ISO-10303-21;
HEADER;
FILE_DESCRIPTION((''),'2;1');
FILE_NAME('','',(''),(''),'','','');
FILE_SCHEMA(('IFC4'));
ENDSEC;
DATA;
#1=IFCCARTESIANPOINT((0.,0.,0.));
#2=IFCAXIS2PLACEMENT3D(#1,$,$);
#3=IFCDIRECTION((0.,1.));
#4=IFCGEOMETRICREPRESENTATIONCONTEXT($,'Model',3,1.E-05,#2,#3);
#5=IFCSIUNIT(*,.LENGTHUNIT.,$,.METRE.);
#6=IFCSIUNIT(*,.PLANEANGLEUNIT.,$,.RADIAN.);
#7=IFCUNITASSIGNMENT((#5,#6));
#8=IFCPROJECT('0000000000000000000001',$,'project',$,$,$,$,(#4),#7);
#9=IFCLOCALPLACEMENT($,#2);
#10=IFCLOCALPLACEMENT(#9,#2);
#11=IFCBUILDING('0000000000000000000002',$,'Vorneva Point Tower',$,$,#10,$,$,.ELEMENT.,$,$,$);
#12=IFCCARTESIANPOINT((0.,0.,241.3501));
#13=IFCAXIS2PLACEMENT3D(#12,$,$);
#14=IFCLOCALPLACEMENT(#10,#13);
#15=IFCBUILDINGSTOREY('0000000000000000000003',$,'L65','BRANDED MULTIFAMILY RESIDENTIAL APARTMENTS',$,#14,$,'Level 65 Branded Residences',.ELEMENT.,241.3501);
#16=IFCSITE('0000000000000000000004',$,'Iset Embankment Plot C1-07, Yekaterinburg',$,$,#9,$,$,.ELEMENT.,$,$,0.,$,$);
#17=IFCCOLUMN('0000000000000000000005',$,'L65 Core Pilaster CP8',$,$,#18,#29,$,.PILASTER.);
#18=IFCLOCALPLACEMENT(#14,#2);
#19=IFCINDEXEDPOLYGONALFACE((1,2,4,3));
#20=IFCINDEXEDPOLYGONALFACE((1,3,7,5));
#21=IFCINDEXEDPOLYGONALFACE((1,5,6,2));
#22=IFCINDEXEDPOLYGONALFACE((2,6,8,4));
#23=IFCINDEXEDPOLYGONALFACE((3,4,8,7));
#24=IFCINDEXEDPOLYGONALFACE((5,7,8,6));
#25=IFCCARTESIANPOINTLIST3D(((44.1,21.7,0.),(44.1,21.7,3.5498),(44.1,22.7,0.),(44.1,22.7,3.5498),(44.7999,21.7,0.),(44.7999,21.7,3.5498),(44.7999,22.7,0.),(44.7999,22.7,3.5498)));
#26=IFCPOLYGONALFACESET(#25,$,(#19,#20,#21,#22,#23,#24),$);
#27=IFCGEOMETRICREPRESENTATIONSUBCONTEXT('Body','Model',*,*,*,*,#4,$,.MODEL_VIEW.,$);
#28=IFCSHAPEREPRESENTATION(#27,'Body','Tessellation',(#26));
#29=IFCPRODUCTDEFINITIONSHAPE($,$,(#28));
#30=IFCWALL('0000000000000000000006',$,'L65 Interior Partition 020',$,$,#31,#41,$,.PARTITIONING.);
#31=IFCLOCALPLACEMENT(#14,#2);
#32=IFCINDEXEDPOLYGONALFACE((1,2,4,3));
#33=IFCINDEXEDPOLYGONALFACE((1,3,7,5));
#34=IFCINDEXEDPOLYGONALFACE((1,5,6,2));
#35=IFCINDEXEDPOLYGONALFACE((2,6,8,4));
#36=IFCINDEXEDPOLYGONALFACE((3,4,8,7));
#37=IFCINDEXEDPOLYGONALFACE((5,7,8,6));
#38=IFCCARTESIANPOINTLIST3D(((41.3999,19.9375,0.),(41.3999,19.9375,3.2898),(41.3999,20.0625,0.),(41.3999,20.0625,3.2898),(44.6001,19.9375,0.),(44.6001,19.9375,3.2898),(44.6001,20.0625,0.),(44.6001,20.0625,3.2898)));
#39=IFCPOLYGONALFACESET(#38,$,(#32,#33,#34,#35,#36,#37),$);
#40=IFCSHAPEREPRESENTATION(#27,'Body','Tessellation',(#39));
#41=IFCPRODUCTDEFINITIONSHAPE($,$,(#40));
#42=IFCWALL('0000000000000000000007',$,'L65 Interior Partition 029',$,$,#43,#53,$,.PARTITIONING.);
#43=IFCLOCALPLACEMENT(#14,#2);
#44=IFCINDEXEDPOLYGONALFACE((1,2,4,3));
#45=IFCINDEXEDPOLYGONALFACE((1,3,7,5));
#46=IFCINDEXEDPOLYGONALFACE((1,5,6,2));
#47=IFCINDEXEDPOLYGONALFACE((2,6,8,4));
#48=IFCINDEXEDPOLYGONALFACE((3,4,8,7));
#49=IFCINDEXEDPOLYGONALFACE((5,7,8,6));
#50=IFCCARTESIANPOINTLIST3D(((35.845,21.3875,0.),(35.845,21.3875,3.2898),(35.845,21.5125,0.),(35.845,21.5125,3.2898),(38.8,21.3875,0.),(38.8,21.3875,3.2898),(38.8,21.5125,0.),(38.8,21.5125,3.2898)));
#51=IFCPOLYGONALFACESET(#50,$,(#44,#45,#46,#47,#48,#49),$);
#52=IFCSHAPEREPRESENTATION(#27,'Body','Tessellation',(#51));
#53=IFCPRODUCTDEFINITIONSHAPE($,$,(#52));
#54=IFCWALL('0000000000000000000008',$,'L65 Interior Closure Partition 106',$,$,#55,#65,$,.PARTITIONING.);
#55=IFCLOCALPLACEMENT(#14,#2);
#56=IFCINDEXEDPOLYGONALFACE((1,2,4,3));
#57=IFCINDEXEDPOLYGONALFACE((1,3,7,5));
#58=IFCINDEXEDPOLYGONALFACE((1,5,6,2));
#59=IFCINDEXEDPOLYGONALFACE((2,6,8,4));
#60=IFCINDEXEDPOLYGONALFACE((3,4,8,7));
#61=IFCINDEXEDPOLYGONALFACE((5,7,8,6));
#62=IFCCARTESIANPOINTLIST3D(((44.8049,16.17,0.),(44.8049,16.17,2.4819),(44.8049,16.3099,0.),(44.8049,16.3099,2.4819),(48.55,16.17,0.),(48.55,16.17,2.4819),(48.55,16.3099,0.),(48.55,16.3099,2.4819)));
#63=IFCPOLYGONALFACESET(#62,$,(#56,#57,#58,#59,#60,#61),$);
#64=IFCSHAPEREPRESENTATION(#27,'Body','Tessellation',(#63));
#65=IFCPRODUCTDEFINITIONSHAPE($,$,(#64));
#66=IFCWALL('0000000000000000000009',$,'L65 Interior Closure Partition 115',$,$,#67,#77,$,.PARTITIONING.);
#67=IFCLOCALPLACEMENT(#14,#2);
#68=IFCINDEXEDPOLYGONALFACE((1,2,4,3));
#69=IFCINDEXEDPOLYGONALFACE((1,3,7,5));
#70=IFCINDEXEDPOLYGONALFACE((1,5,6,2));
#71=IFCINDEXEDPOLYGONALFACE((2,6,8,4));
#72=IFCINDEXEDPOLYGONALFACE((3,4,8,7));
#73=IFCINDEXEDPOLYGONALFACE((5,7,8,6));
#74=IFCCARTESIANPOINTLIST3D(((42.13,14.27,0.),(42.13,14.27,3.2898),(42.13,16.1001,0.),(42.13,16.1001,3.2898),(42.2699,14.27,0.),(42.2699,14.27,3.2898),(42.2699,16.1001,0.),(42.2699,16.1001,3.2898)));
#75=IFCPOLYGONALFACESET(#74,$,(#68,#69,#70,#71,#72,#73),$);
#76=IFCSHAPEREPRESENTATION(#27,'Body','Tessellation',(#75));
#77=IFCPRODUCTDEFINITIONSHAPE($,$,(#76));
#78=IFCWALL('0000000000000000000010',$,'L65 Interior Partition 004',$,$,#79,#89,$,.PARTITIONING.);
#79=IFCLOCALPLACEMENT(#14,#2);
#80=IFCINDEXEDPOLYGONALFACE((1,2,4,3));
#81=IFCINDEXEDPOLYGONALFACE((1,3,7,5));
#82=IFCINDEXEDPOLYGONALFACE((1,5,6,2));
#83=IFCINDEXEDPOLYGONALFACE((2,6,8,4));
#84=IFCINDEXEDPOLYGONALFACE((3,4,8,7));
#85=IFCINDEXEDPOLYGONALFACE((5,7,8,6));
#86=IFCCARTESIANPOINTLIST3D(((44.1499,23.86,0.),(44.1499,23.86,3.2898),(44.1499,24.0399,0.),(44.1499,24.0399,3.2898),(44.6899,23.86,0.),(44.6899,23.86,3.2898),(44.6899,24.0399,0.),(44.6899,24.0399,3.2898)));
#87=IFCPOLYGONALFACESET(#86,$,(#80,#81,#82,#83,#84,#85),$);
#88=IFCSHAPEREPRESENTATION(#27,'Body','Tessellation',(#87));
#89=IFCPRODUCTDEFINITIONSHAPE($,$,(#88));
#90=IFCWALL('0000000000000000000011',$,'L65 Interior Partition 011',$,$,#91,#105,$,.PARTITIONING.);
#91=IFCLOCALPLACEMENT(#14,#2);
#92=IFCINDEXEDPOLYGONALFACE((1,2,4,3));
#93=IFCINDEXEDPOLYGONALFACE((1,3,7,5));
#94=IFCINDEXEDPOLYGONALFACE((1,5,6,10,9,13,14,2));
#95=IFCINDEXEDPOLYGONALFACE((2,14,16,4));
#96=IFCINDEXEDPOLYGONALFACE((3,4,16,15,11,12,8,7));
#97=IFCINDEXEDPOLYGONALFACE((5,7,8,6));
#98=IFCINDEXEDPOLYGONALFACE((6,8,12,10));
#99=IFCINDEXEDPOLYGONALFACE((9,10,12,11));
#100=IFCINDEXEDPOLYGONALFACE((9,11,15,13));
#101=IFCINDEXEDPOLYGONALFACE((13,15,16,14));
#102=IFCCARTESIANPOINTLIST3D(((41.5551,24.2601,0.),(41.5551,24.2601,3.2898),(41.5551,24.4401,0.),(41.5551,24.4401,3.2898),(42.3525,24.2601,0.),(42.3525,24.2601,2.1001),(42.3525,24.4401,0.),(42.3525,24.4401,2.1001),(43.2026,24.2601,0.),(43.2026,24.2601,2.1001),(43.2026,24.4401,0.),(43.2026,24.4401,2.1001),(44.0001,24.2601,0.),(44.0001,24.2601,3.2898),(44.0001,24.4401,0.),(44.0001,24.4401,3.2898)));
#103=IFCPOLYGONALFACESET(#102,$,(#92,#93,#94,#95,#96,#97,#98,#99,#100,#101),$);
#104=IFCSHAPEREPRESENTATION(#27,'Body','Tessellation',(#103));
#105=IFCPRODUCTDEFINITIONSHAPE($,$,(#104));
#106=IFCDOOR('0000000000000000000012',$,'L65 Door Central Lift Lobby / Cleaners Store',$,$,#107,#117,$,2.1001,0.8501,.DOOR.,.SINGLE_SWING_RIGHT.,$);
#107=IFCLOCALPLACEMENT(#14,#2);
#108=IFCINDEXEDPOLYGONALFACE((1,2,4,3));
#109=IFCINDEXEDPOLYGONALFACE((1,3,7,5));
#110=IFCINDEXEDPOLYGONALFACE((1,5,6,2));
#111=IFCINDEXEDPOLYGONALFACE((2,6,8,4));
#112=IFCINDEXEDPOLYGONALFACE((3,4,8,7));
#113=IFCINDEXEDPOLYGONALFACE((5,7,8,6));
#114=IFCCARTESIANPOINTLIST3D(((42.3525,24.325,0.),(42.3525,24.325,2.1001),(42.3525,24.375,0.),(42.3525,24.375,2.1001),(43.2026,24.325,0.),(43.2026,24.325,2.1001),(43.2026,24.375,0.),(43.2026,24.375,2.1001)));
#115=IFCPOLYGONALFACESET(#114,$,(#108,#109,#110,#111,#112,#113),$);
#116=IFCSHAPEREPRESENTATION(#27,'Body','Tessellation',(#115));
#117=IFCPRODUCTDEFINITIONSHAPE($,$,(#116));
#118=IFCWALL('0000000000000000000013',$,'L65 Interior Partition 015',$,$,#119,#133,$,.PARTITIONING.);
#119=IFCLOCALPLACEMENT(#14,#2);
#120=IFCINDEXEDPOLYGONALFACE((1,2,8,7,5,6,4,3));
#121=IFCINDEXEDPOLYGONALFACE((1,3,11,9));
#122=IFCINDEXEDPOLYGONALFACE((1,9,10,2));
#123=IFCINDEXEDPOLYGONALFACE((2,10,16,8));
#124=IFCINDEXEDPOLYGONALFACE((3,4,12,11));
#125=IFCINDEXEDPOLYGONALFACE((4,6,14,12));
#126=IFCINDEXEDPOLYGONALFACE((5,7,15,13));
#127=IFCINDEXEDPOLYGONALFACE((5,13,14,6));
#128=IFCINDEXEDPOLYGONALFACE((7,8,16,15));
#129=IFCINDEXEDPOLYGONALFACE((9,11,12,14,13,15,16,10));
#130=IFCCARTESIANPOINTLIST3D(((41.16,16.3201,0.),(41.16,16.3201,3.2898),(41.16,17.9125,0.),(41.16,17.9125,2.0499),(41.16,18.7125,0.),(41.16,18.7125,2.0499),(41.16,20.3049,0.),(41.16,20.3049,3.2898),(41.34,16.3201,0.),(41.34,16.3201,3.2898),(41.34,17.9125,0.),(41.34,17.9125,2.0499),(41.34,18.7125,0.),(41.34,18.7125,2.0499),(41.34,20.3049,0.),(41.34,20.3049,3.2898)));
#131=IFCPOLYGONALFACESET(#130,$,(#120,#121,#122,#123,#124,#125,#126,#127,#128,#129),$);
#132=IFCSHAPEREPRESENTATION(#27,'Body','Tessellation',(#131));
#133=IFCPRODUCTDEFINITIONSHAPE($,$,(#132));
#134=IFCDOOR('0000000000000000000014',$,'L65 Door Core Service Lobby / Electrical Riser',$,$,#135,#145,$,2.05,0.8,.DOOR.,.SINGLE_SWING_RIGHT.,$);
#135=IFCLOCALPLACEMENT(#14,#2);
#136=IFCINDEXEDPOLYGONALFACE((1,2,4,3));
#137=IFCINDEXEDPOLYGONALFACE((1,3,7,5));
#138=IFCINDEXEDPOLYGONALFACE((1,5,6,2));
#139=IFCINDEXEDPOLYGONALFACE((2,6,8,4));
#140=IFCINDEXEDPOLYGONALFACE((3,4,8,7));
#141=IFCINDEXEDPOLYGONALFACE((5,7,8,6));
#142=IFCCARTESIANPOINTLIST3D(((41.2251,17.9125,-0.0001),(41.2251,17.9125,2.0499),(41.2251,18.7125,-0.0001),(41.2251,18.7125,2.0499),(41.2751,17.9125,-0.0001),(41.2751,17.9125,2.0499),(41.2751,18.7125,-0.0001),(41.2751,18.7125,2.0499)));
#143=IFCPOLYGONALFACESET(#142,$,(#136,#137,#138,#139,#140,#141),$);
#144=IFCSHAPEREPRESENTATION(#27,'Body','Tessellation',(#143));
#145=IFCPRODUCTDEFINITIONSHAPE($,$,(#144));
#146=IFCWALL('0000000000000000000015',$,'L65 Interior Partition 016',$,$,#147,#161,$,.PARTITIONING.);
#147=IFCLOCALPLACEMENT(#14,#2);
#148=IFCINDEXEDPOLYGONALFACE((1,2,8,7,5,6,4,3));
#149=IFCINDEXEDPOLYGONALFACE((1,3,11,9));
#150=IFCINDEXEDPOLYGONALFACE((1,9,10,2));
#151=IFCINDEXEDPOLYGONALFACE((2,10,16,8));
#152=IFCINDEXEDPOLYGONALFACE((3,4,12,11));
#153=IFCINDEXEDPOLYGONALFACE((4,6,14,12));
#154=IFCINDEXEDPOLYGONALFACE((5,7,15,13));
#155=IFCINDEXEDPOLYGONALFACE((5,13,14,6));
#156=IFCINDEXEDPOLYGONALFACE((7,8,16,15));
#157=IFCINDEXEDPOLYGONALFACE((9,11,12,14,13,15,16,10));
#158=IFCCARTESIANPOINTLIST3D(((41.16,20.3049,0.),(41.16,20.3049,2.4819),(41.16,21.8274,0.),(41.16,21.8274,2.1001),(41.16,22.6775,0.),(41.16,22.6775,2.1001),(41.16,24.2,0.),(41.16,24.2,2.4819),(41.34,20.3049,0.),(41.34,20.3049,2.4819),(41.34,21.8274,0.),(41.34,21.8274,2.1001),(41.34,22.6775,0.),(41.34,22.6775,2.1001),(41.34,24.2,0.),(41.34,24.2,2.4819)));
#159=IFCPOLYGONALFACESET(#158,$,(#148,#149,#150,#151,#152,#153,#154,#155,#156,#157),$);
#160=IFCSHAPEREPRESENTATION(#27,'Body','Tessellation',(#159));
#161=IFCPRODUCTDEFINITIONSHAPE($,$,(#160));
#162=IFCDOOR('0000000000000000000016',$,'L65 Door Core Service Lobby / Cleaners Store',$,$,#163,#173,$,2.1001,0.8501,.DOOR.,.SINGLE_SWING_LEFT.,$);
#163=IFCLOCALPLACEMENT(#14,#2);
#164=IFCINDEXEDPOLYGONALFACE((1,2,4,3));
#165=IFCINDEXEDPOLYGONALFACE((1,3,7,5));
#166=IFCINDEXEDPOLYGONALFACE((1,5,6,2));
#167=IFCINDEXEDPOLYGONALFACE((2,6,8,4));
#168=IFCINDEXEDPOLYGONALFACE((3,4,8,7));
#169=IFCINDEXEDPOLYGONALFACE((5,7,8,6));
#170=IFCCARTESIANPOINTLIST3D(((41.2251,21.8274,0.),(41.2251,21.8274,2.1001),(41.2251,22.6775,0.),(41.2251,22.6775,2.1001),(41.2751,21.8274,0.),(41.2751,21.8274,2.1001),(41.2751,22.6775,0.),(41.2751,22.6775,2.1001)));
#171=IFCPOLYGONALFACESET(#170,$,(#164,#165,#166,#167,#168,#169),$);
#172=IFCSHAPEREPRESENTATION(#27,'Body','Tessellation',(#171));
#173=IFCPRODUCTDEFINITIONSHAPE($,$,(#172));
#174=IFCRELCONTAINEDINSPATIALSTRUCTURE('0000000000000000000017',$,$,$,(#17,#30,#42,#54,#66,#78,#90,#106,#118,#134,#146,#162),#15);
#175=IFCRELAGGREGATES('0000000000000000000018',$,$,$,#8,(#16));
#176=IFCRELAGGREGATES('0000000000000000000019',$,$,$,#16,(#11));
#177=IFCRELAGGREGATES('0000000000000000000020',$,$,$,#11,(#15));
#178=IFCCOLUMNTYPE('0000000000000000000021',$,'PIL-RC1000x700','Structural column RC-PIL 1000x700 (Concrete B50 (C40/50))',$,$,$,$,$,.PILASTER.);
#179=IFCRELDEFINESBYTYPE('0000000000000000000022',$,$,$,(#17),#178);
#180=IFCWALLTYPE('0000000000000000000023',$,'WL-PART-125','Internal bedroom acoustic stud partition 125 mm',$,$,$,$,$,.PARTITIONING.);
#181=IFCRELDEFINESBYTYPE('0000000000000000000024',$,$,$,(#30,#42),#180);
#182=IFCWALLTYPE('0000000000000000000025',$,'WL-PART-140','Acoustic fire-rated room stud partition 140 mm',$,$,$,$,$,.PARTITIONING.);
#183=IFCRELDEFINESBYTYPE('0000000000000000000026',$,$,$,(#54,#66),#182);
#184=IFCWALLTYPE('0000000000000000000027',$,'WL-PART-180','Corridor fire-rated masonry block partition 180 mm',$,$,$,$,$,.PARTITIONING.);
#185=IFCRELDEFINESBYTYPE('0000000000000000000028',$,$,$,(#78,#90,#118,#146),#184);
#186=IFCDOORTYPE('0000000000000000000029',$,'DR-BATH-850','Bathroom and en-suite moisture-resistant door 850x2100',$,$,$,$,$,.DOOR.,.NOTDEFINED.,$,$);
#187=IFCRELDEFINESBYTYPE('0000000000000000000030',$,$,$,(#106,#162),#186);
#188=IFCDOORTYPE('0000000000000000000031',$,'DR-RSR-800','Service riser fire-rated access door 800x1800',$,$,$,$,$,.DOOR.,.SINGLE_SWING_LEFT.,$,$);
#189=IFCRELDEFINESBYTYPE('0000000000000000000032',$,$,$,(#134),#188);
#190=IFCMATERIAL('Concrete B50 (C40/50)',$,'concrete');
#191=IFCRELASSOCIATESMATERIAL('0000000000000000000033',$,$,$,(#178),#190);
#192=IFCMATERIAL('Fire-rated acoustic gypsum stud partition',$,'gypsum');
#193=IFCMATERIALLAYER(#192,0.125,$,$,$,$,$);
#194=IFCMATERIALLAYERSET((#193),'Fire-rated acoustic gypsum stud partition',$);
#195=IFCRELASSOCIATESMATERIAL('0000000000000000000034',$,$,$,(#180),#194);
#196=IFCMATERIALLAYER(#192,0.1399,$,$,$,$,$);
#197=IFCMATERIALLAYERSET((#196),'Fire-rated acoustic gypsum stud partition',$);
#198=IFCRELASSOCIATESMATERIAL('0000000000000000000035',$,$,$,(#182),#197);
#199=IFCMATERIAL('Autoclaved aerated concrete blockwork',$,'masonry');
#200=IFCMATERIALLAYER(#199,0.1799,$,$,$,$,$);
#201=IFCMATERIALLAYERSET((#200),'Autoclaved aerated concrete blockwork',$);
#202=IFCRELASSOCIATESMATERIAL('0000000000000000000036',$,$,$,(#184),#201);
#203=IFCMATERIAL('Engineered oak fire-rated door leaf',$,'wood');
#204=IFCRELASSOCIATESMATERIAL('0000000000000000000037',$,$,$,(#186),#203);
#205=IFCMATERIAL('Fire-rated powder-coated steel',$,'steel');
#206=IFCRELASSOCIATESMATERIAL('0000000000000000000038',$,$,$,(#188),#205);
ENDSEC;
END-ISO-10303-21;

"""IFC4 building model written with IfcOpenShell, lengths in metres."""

from ifc_helpers import new_model, si_unit, direction, frame, frame_2d, origin, origin_2d, place, context, subcontext, project, spatial, rectangle, extrude, material, layer, layer_set, material_profile, profile_set, type_object, element, fill, save


model = new_model("IFC4")

# Units and contexts
model_context = context("Model", 3, precision=1e-05, world=origin(), true_north=direction((0.0, 1.0)))
body_context = subcontext(model_context, "Body", "Model", "MODEL_VIEW")
ifc_project = project(units=[si_unit("LENGTHUNIT", "METRE"), si_unit("PLANEANGLEUNIT", "RADIAN")], contexts=[model_context])

# Site, building, storey
site_placement = place(None, origin())
site = spatial("IfcSite", under=ifc_project, at=site_placement, Name="Iset Embankment Plot C1-07, Yekaterinburg", CompositionType="ELEMENT", RefElevation=0.0)
building_placement = place(site_placement, origin())
building = spatial("IfcBuilding", under=site, at=building_placement, Name="Vorneva Point Tower", CompositionType="ELEMENT")
storey_placement = place(building_placement, frame((0.0, 0.0, 241.3501)))
storey = spatial("IfcBuildingStorey", under=building, at=storey_placement, Name="L65", Description="BRANDED MULTIFAMILY RESIDENTIAL APARTMENTS", LongName="Level 65 Branded Residences", CompositionType="ELEMENT", Elevation=241.3501)

# Column
ifc_material_1 = material(Name="Concrete B50 (C40/50)", Category="concrete")
ifc_material_profile = material_profile(ifc_material_1, rectangle(XDim=0.7, YDim=1.0, at=origin_2d()), Name="RC-PIL 1000x700")
ifc_profile_set = profile_set([ifc_material_profile], Name="Concrete B50 (C40/50)")
column_type = type_object("IfcColumnType", Name="PIL-RC1000x700", Description="Structural column RC-PIL 1000x700 (Concrete B50 (C40/50))", PredefinedType="PILASTER", material=ifc_profile_set)
column_placement = place(storey_placement, frame((44.45, 22.2, 0.0), z_axis=(0.0, 0.0, 1.0), x_axis=(1.0, 0.0, 0.0)))
element("IfcColumn", 1, at=column_placement, inside=storey, type_object=column_type, Name="L65 Core Pilaster CP8", PredefinedType="PILASTER", context=body_context, shape_type="SweptSolid", body=[
    extrude(rectangle(XDim=0.7, YDim=1.0, at=origin_2d()), origin(), (0.0, 0.0, 1.0), 3.5498),
])

# Walls
ifc_material_2 = material(Name="Fire-rated acoustic gypsum stud partition", Category="gypsum")
ifc_layer_1 = layer(ifc_material_2, 0.125)
ifc_layer_set_1 = layer_set([ifc_layer_1], Name="Fire-rated acoustic gypsum stud partition")
wall_type_1 = type_object("IfcWallType", Name="WL-PART-125", Description="Internal bedroom acoustic stud partition 125 mm", PredefinedType="PARTITIONING", material=ifc_layer_set_1)
wall_1_placement = place(storey_placement, frame((44.6001, 20.0, 0.0), z_axis=(0.0, 0.0, 1.0), x_axis=(-1.0, 0.0, 0.0)))
element("IfcWall", 2, at=wall_1_placement, inside=storey, type_object=wall_type_1, Name="L65 Interior Partition 020", PredefinedType="PARTITIONING", context=body_context, shape_type="SweptSolid", body=[
    extrude(rectangle(XDim=3.2002, YDim=0.125, at=frame_2d((1.6001, 0.0))), origin(), (0.0, 0.0, 1.0), 3.2898),
])
wall_2_placement = place(storey_placement, frame((38.8, 21.45, 0.0), z_axis=(0.0, 0.0, 1.0), x_axis=(-1.0, 0.0, 0.0)))
element("IfcWall", 3, at=wall_2_placement, inside=storey, type_object=wall_type_1, Name="L65 Interior Partition 029", PredefinedType="PARTITIONING", context=body_context, shape_type="SweptSolid", body=[
    extrude(rectangle(XDim=2.9551, YDim=0.125, at=frame_2d((1.4775, 0.0))), origin(), (0.0, 0.0, 1.0), 3.2898),
])
ifc_layer_2 = layer(ifc_material_2, 0.1399)
ifc_layer_set_2 = layer_set([ifc_layer_2], Name="Fire-rated acoustic gypsum stud partition")
wall_type_2 = type_object("IfcWallType", Name="WL-PART-140", Description="Acoustic fire-rated room stud partition 140 mm", PredefinedType="PARTITIONING", material=ifc_layer_set_2)
wall_3_placement = place(storey_placement, frame((44.8049, 16.24, 0.0), z_axis=(0.0, 0.0, 1.0), x_axis=(1.0, 0.0, 0.0)))
element("IfcWall", 4, at=wall_3_placement, inside=storey, type_object=wall_type_2, Name="L65 Interior Closure Partition 106", PredefinedType="PARTITIONING", context=body_context, shape_type="SweptSolid", body=[
    extrude(rectangle(XDim=3.7451, YDim=0.1399, at=frame_2d((1.8726, 0.0))), origin(), (0.0, 0.0, 1.0), 2.4819),
])
wall_4_placement = place(storey_placement, frame((42.2, 16.1001, 0.0), z_axis=(0.0, 0.0, 1.0), x_axis=(0.0, -1.0, 0.0)))
element("IfcWall", 5, at=wall_4_placement, inside=storey, type_object=wall_type_2, Name="L65 Interior Closure Partition 115", PredefinedType="PARTITIONING", context=body_context, shape_type="SweptSolid", body=[
    extrude(rectangle(XDim=1.8301, YDim=0.1399, at=frame_2d((0.915, 0.0))), origin(), (0.0, 0.0, 1.0), 3.2898),
])
ifc_material_3 = material(Name="Autoclaved aerated concrete blockwork", Category="masonry")
ifc_layer_3 = layer(ifc_material_3, 0.1799)
ifc_layer_set_3 = layer_set([ifc_layer_3], Name="Autoclaved aerated concrete blockwork")
wall_type_3 = type_object("IfcWallType", Name="WL-PART-180", Description="Corridor fire-rated masonry block partition 180 mm", PredefinedType="PARTITIONING", material=ifc_layer_set_3)
wall_5_placement = place(storey_placement, frame((44.1499, 23.95, 0.0), z_axis=(0.0, 0.0, 1.0), x_axis=(1.0, 0.0, 0.0)))
element("IfcWall", 6, at=wall_5_placement, inside=storey, type_object=wall_type_3, Name="L65 Interior Partition 004", PredefinedType="PARTITIONING", context=body_context, shape_type="SweptSolid", body=[
    extrude(rectangle(XDim=0.54, YDim=0.1799, at=frame_2d((0.27, 0.0))), origin(), (0.0, 0.0, 1.0), 3.2898),
])

# Walls, openings, doors
ifc_material_4 = material(Name="Fire-rated powder-coated steel", Category="steel")
wall_6_placement = place(storey_placement, frame((41.5549, 24.3501, 0.0), z_axis=(0.0, 0.0, 1.0), x_axis=(1.0, 0.0, 0.0)))
wall_6 = element("IfcWall", 7, at=wall_6_placement, inside=storey, type_object=wall_type_3, Name="L65 Interior Partition 011", PredefinedType="PARTITIONING", context=body_context, shape_type="SweptSolid", body=[
    extrude(rectangle(XDim=2.4451, YDim=0.1799, at=frame_2d((1.2227, 0.0))), origin(), (0.0, 0.0, 1.0), 3.2898),
])
opening_1_placement = place(wall_6_placement, frame((0.7976, 0.0, 0.0)))
opening_1 = element("IfcOpeningElement", 8, at=opening_1_placement, cuts=wall_6, PredefinedType="OPENING", context=body_context, shape_type="SweptSolid", body=[
    extrude(rectangle(XDim=0.8501, YDim=2.1001, at=frame_2d((0.425, 1.05))), frame((0.0, 0.105, 0.0), z_axis=(0.0, -1.0, 0.0), x_axis=(1.0, 0.0, 0.0)), (0.0, 0.0, 1.0), 0.2097),
])
ifc_material_5 = material(Name="Engineered oak fire-rated door leaf", Category="wood")
door_type_1 = type_object("IfcDoorType", Name="DR-BATH-850", Description="Bathroom and en-suite moisture-resistant door 850x2100", OperationType="NOTDEFINED", PredefinedType="DOOR", material=ifc_material_5)
door_1_placement = place(opening_1_placement, origin())
door_1 = element("IfcDoor", 9, at=door_1_placement, inside=storey, type_object=door_type_1, Name="L65 Door Central Lift Lobby / Cleaners Store", OperationType="SINGLE_SWING_RIGHT", OverallHeight=2.1001, OverallWidth=0.8501, PredefinedType="DOOR", context=body_context, shape_type="SweptSolid", body=[
    extrude(rectangle(XDim=0.8501, YDim=2.1001, at=frame_2d((0.425, 1.05))), frame((0.0, 0.0249, 0.0), z_axis=(0.0, -1.0, 0.0), x_axis=(1.0, 0.0, 0.0)), (0.0, 0.0, 1.0), 0.05),
])
fill(opening_1, door_1)
wall_7_placement = place(storey_placement, frame((41.25, 16.3201, 0.0), z_axis=(0.0, 0.0, 1.0), x_axis=(0.0, 1.0, 0.0)))
wall_7 = element("IfcWall", 10, at=wall_7_placement, inside=storey, type_object=wall_type_3, Name="L65 Interior Partition 015", PredefinedType="PARTITIONING", context=body_context, shape_type="SweptSolid", body=[
    extrude(rectangle(XDim=3.9849, YDim=0.1799, at=frame_2d((1.9924, 0.0))), origin(), (0.0, 0.0, 1.0), 3.2898),
])
opening_2_placement = place(wall_7_placement, frame((1.5925, 0.0, 0.0)))
opening_2 = element("IfcOpeningElement", 11, at=opening_2_placement, cuts=wall_7, PredefinedType="OPENING", context=body_context, shape_type="SweptSolid", body=[
    extrude(rectangle(XDim=0.8, YDim=2.05, at=frame_2d((0.3999, 1.0249))), frame((0.0, 0.105, 0.0), z_axis=(0.0, -1.0, 0.0), x_axis=(1.0, 0.0, 0.0)), (0.0, 0.0, 1.0), 0.2097),
])
door_type_2 = type_object("IfcDoorType", Name="DR-RSR-800", Description="Service riser fire-rated access door 800x1800", OperationType="SINGLE_SWING_LEFT", PredefinedType="DOOR", material=ifc_material_4)
door_2_placement = place(opening_2_placement, origin())
door_2 = element("IfcDoor", 12, at=door_2_placement, inside=storey, type_object=door_type_2, Name="L65 Door Core Service Lobby / Electrical Riser", OperationType="SINGLE_SWING_RIGHT", OverallHeight=2.05, OverallWidth=0.8, PredefinedType="DOOR", context=body_context, shape_type="SweptSolid", body=[
    extrude(rectangle(XDim=0.8, YDim=2.05, at=frame_2d((0.3999, 1.0249))), frame((0.0, 0.0249, 0.0), z_axis=(0.0, -1.0, 0.0), x_axis=(1.0, 0.0, 0.0)), (0.0, 0.0, 1.0), 0.05),
])
fill(opening_2, door_2)
wall_8_placement = place(storey_placement, frame((41.25, 20.3049, 0.0), z_axis=(0.0, 0.0, 1.0), x_axis=(0.0, 1.0, 0.0)))
wall_8 = element("IfcWall", 13, at=wall_8_placement, inside=storey, type_object=wall_type_3, Name="L65 Interior Partition 016", PredefinedType="PARTITIONING", context=body_context, shape_type="SweptSolid", body=[
    extrude(rectangle(XDim=3.895, YDim=0.1799, at=frame_2d((1.9475, 0.0))), origin(), (0.0, 0.0, 1.0), 2.4819),
])
opening_3_placement = place(wall_8_placement, frame((1.5225, 0.0, 0.0)))
opening_3 = element("IfcOpeningElement", 14, at=opening_3_placement, cuts=wall_8, PredefinedType="OPENING", context=body_context, shape_type="SweptSolid", body=[
    extrude(rectangle(XDim=0.8501, YDim=2.1001, at=frame_2d((0.425, 1.05))), frame((0.0, 0.105, 0.0), z_axis=(0.0, -1.0, 0.0), x_axis=(1.0, 0.0, 0.0)), (0.0, 0.0, 1.0), 0.2097),
])
door_3_placement = place(opening_3_placement, origin())
door_3 = element("IfcDoor", 15, at=door_3_placement, inside=storey, type_object=door_type_1, Name="L65 Door Core Service Lobby / Cleaners Store", OperationType="SINGLE_SWING_LEFT", OverallHeight=2.1001, OverallWidth=0.8501, PredefinedType="DOOR", context=body_context, shape_type="SweptSolid", body=[
    extrude(rectangle(XDim=0.8501, YDim=2.1001, at=frame_2d((0.425, 1.05))), frame((0.0, 0.0249, 0.0), z_axis=(0.0, -1.0, 0.0), x_axis=(1.0, 0.0, 0.0)), (0.0, 0.0, 1.0), 0.05),
])
fill(opening_3, door_3)

save(model, "model.ifc")
